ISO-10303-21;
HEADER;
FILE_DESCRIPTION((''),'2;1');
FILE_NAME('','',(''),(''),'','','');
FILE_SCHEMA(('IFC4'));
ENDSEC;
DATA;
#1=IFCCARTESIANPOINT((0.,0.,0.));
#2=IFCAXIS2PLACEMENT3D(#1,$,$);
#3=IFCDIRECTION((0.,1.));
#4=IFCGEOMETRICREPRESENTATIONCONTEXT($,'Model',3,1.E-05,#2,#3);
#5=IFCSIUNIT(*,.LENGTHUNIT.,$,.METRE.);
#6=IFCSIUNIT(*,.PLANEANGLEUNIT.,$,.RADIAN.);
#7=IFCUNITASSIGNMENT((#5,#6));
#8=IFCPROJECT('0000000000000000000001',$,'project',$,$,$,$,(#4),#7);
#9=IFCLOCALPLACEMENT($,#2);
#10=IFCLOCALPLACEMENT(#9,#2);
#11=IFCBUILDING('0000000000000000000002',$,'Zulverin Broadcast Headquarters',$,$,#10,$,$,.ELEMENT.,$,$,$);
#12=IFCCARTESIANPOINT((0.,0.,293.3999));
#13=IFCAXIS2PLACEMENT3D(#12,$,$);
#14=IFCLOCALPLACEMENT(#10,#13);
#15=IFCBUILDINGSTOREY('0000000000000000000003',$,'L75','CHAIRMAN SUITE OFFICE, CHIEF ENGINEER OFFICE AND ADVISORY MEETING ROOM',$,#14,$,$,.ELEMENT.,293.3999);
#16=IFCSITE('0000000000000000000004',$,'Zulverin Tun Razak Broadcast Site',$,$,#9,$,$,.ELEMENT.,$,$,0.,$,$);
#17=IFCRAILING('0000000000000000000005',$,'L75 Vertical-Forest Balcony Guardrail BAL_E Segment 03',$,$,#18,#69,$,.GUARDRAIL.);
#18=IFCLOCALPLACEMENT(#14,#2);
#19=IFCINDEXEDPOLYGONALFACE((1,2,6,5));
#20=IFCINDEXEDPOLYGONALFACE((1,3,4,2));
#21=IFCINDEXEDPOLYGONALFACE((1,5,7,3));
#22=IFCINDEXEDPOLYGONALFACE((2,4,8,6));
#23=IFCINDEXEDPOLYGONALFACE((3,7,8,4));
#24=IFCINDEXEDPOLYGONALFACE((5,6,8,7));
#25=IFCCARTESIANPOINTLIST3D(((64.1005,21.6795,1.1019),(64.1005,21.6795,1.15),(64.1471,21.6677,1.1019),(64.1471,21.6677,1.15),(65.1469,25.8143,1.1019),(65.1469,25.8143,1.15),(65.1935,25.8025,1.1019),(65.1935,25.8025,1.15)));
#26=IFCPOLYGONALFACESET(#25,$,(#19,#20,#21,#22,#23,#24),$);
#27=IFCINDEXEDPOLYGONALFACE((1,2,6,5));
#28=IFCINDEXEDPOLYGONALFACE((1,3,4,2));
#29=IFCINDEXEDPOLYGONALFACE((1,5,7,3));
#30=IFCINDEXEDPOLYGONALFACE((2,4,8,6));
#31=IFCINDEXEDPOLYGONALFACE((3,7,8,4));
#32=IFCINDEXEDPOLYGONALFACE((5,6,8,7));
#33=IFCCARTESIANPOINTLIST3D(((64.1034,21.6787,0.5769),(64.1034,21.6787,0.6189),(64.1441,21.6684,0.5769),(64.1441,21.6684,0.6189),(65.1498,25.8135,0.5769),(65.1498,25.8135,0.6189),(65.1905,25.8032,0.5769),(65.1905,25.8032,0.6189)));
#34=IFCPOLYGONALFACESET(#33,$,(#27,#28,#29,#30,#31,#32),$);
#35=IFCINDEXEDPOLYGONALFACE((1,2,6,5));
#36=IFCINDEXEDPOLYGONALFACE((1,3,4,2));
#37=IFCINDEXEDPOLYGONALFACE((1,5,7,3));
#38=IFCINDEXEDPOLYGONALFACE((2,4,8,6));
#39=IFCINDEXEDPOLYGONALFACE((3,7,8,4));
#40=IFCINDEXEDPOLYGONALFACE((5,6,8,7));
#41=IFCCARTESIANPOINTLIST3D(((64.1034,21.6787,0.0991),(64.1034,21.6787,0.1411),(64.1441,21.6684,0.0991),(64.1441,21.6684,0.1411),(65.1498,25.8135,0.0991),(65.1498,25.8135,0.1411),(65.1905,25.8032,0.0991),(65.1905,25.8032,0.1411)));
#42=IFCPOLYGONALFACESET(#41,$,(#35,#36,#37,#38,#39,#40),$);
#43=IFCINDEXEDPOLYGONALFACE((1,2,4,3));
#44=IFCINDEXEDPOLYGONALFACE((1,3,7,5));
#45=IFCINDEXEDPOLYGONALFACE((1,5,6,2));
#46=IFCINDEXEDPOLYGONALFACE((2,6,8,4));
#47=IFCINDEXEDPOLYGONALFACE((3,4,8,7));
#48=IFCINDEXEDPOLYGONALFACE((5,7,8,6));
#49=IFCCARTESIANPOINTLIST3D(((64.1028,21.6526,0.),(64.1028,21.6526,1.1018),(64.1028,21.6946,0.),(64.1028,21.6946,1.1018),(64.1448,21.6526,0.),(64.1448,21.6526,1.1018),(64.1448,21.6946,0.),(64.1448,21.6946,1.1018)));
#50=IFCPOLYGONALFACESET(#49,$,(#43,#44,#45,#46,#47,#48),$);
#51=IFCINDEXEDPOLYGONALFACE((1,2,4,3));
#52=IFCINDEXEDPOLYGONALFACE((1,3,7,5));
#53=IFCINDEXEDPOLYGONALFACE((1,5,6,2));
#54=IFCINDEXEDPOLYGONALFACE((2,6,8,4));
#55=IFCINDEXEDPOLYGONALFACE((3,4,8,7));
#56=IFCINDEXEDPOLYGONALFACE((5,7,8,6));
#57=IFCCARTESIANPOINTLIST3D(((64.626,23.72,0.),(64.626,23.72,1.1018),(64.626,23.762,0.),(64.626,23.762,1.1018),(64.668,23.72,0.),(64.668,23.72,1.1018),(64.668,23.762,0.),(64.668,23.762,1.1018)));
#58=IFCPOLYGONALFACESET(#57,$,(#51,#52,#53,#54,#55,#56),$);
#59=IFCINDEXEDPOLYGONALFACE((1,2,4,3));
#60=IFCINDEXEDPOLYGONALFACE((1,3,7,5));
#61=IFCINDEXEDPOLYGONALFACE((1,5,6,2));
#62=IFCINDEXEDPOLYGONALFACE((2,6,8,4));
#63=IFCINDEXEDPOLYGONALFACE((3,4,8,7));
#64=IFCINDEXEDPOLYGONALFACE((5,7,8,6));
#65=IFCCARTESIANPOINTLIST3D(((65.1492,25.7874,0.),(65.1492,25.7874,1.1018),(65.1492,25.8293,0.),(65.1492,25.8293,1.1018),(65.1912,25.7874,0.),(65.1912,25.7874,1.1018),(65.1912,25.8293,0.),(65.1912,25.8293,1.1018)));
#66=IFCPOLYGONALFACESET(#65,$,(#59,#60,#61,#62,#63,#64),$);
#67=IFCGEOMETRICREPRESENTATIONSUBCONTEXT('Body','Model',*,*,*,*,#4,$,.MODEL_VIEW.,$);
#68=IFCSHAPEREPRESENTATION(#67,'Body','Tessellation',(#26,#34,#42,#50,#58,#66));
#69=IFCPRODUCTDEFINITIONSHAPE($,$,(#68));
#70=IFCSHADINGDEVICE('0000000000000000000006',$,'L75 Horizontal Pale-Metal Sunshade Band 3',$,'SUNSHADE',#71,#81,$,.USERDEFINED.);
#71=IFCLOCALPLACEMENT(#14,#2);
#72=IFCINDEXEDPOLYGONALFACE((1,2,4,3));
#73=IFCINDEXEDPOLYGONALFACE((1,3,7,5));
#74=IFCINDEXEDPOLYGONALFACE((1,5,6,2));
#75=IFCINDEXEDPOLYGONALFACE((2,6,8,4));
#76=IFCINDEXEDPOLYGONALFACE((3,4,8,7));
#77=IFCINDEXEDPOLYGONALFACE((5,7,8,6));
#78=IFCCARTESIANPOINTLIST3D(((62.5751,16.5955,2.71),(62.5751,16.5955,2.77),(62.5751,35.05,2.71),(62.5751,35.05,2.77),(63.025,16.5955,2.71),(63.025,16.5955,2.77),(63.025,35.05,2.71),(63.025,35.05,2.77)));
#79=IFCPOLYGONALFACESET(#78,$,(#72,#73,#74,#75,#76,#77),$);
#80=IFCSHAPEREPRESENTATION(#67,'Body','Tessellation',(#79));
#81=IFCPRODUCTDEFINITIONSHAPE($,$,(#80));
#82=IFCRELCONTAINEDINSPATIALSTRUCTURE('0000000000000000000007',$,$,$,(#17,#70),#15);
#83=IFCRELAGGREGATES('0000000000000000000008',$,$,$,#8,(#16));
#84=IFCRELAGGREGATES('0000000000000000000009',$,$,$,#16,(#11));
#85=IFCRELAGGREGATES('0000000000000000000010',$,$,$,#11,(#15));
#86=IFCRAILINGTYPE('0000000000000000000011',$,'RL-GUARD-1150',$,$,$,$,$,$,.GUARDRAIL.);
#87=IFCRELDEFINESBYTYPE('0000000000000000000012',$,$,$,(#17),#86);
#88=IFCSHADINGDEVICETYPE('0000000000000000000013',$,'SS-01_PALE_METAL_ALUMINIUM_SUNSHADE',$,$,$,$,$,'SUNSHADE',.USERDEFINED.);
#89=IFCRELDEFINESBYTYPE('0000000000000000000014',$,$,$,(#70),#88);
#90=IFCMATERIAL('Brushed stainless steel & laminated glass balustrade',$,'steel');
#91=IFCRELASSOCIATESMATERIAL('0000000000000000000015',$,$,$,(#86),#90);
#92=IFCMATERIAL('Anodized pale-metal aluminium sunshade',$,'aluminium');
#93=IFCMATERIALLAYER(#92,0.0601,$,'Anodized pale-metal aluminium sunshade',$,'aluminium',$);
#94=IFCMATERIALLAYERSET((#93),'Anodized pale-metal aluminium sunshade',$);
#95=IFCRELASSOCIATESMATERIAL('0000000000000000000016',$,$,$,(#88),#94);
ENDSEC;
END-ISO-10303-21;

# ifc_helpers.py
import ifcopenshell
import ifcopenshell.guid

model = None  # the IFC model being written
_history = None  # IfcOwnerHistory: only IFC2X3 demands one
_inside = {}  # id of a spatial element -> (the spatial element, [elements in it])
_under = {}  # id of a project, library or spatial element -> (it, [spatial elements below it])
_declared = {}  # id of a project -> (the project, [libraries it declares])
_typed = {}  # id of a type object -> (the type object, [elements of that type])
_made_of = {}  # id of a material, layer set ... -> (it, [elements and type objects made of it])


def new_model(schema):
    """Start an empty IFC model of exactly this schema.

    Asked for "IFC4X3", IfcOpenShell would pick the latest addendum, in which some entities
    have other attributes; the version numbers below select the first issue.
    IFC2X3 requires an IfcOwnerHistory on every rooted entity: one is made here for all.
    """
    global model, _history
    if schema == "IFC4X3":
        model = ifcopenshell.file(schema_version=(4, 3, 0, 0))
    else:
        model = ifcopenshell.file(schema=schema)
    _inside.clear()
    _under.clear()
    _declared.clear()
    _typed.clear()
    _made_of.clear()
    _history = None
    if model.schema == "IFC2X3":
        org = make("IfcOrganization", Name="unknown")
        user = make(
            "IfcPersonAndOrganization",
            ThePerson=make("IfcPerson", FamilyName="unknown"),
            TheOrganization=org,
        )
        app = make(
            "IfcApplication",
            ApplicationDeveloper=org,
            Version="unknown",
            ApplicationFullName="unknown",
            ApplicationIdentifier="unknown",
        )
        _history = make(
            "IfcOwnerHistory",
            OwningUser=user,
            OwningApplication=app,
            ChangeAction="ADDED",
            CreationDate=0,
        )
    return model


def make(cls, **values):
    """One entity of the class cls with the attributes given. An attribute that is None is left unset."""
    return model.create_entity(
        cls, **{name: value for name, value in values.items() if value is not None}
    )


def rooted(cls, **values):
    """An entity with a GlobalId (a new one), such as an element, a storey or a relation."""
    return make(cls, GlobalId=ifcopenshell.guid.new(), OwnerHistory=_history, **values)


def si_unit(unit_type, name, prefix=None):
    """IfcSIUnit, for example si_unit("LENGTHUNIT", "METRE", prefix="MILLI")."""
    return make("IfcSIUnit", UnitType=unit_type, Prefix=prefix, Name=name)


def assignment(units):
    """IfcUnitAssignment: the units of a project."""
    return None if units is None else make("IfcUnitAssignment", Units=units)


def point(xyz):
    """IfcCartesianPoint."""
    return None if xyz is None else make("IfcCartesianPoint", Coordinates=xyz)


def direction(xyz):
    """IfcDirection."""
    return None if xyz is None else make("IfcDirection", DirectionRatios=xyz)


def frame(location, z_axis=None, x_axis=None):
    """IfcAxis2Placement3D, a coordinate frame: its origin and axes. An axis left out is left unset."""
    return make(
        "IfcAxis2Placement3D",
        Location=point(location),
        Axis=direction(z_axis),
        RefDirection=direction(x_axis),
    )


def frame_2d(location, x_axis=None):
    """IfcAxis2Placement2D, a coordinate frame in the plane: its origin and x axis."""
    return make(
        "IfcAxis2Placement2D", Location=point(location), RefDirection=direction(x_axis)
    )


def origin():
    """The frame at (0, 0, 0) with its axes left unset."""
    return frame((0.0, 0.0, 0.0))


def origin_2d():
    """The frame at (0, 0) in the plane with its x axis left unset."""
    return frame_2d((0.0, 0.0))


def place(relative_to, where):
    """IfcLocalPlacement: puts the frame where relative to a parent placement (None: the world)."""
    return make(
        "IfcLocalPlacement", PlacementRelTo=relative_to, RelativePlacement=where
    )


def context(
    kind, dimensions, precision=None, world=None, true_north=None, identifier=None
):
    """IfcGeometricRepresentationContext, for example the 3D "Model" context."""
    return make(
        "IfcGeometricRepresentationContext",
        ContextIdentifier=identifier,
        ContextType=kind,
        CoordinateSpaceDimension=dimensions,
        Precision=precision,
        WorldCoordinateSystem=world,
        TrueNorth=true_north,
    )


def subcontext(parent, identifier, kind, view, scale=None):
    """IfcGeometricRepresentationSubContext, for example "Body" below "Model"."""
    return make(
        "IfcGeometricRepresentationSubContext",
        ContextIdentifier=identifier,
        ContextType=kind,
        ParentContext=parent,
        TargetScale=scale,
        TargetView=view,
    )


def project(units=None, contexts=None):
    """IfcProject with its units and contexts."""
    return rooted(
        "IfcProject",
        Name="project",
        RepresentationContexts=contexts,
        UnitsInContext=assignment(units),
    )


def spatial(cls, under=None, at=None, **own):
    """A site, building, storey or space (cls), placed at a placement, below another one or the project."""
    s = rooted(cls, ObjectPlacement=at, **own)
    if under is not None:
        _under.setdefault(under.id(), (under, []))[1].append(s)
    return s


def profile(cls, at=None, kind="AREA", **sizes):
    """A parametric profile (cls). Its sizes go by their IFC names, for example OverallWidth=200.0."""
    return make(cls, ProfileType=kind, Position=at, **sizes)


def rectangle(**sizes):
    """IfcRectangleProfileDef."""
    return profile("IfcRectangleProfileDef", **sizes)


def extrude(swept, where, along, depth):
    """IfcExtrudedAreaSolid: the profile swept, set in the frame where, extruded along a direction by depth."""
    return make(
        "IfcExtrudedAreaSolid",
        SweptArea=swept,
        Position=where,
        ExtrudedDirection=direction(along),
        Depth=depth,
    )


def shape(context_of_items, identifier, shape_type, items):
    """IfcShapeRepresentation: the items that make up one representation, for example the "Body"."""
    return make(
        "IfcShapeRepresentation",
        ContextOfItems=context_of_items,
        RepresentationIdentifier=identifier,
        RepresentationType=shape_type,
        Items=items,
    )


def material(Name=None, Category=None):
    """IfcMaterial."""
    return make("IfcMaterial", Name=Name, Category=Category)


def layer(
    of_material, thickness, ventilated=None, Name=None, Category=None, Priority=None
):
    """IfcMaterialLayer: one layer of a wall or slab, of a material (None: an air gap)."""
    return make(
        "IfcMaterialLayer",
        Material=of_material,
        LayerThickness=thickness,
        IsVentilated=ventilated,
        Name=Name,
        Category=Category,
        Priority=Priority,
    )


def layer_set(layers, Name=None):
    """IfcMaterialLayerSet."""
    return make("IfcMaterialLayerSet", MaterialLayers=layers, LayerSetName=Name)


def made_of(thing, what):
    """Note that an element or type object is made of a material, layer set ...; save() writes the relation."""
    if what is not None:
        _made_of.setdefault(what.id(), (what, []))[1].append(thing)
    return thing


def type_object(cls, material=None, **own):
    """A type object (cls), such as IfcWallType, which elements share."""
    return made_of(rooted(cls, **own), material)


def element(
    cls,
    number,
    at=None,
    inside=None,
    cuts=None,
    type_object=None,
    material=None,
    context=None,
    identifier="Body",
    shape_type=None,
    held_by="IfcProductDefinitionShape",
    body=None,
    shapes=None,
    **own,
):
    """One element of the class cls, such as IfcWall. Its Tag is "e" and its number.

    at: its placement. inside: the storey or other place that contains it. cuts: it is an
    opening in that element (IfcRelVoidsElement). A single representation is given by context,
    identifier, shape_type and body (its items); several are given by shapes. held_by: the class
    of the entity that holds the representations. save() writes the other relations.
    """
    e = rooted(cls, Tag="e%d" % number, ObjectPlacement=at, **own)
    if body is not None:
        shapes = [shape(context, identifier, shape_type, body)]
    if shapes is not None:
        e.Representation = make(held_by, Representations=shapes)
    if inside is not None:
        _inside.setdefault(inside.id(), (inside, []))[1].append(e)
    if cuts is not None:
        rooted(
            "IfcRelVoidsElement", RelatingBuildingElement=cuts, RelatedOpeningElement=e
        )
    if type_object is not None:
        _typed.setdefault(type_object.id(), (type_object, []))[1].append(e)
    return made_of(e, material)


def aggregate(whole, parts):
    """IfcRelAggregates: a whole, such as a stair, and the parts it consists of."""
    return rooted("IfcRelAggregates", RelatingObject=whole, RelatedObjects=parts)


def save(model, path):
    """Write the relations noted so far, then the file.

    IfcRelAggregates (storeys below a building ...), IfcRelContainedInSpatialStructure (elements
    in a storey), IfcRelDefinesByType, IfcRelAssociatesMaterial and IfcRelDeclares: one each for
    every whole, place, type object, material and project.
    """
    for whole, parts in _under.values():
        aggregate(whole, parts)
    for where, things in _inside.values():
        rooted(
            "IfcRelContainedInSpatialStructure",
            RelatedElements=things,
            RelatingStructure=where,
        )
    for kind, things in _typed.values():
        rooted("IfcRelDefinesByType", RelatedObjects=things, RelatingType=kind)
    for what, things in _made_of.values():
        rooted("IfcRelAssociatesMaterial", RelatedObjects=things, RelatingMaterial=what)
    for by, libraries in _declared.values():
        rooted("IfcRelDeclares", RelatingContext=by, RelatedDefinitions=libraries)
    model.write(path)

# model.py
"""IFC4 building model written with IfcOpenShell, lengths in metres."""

from ifc_helpers import new_model, si_unit, direction, frame, origin, origin_2d, place, context, subcontext, project, spatial, rectangle, extrude, material, layer, layer_set, type_object, element, save


model = new_model("IFC4")

# Units and contexts
model_context = context("Model", 3, precision=1e-05, world=origin(), true_north=direction((0.0, 1.0)))
body_context = subcontext(model_context, "Body", "Model", "MODEL_VIEW")
ifc_project = project(units=[si_unit("LENGTHUNIT", "METRE"), si_unit("PLANEANGLEUNIT", "RADIAN")], contexts=[model_context])

# Site, building, storey
site_placement = place(None, origin())
site = spatial("IfcSite", under=ifc_project, at=site_placement, Name="Zulverin Tun Razak Broadcast Site", CompositionType="ELEMENT", RefElevation=0.0)
building_placement = place(site_placement, origin())
building = spatial("IfcBuilding", under=site, at=building_placement, Name="Zulverin Broadcast Headquarters", CompositionType="ELEMENT")
storey_placement = place(building_placement, frame((0.0, 0.0, 293.3999)))
storey = spatial("IfcBuildingStorey", under=building, at=storey_placement, Name="L75", Description="CHAIRMAN SUITE OFFICE, CHIEF ENGINEER OFFICE AND ADVISORY MEETING ROOM", CompositionType="ELEMENT", Elevation=293.3999)

# Railing
ifc_material_1 = material(Name="Brushed stainless steel & laminated glass balustrade", Category="steel")
railing_type = type_object("IfcRailingType", Name="RL-GUARD-1150", PredefinedType="GUARDRAIL", material=ifc_material_1)
railing_1_placement = place(storey_placement, frame((64.1238, 21.6736, 0.0)))
element("IfcRailing", 1, at=railing_1_placement, inside=storey, type_object=railing_type, Name="L75 Vertical-Forest Balcony Guardrail BAL_E Segment 03", PredefinedType="GUARDRAIL", context=body_context, shape_type="SweptSolid", body=[
    extrude(rectangle(XDim=0.0481, YDim=0.0481, at=origin_2d()), frame((0.0, 0.0, 1.126), z_axis=(0.245336, 0.969438, 0.0), x_axis=(-0.969438, 0.245336, 0.0)), (0.0, 0.0, 1.0), 4.2651),
    extrude(rectangle(XDim=0.042, YDim=0.042, at=origin_2d()), frame((0.0, 0.0, 0.5979), z_axis=(0.245336, 0.969438, 0.0), x_axis=(-0.969438, 0.245336, 0.0)), (0.0, 0.0, 1.0), 4.2651),
    extrude(rectangle(XDim=0.042, YDim=0.042, at=origin_2d()), frame((0.0, 0.0, 0.1201), z_axis=(0.245336, 0.969438, 0.0), x_axis=(-0.969438, 0.245336, 0.0)), (0.0, 0.0, 1.0), 4.2651),
    extrude(rectangle(XDim=0.042, YDim=0.042, at=origin_2d()), origin(), (0.0, 0.0, 1.0), 1.1018),
    extrude(rectangle(XDim=0.042, YDim=0.042, at=origin_2d()), frame((0.5232, 2.0674, 0.0)), (0.0, 0.0, 1.0), 1.1018),
    extrude(rectangle(XDim=0.042, YDim=0.042, at=origin_2d()), frame((1.0464, 4.1348, 0.0)), (0.0, 0.0, 1.0), 1.1018),
])

# Shading device
ifc_material_2 = material(Name="Anodized pale-metal aluminium sunshade", Category="aluminium")
ifc_layer_1 = layer(ifc_material_2, 0.0601, Name="Anodized pale-metal aluminium sunshade", Category="aluminium")
ifc_layer_set_1 = layer_set([ifc_layer_1], Name="Anodized pale-metal aluminium sunshade")
shading_device_type = type_object("IfcShadingDeviceType", Name="SS-01_PALE_METAL_ALUMINIUM_SUNSHADE", ElementType="SUNSHADE", PredefinedType="USERDEFINED", material=ifc_layer_set_1)
shading_device_placement = place(storey_placement, frame((62.8, 25.8228, 2.71), z_axis=(0.0, 0.0, 1.0), x_axis=(0.0, 1.0, 0.0)))
element("IfcShadingDevice", 2, at=shading_device_placement, inside=storey, type_object=shading_device_type, Name="L75 Horizontal Pale-Metal Sunshade Band 3", ObjectType="SUNSHADE", PredefinedType="USERDEFINED", context=body_context, shape_type="SweptSolid", body=[
    extrude(rectangle(XDim=18.4546, YDim=0.45, at=origin_2d()), origin(), (0.0, 0.0, 1.0), 0.0601),
])

save(model, "model.ifc")
